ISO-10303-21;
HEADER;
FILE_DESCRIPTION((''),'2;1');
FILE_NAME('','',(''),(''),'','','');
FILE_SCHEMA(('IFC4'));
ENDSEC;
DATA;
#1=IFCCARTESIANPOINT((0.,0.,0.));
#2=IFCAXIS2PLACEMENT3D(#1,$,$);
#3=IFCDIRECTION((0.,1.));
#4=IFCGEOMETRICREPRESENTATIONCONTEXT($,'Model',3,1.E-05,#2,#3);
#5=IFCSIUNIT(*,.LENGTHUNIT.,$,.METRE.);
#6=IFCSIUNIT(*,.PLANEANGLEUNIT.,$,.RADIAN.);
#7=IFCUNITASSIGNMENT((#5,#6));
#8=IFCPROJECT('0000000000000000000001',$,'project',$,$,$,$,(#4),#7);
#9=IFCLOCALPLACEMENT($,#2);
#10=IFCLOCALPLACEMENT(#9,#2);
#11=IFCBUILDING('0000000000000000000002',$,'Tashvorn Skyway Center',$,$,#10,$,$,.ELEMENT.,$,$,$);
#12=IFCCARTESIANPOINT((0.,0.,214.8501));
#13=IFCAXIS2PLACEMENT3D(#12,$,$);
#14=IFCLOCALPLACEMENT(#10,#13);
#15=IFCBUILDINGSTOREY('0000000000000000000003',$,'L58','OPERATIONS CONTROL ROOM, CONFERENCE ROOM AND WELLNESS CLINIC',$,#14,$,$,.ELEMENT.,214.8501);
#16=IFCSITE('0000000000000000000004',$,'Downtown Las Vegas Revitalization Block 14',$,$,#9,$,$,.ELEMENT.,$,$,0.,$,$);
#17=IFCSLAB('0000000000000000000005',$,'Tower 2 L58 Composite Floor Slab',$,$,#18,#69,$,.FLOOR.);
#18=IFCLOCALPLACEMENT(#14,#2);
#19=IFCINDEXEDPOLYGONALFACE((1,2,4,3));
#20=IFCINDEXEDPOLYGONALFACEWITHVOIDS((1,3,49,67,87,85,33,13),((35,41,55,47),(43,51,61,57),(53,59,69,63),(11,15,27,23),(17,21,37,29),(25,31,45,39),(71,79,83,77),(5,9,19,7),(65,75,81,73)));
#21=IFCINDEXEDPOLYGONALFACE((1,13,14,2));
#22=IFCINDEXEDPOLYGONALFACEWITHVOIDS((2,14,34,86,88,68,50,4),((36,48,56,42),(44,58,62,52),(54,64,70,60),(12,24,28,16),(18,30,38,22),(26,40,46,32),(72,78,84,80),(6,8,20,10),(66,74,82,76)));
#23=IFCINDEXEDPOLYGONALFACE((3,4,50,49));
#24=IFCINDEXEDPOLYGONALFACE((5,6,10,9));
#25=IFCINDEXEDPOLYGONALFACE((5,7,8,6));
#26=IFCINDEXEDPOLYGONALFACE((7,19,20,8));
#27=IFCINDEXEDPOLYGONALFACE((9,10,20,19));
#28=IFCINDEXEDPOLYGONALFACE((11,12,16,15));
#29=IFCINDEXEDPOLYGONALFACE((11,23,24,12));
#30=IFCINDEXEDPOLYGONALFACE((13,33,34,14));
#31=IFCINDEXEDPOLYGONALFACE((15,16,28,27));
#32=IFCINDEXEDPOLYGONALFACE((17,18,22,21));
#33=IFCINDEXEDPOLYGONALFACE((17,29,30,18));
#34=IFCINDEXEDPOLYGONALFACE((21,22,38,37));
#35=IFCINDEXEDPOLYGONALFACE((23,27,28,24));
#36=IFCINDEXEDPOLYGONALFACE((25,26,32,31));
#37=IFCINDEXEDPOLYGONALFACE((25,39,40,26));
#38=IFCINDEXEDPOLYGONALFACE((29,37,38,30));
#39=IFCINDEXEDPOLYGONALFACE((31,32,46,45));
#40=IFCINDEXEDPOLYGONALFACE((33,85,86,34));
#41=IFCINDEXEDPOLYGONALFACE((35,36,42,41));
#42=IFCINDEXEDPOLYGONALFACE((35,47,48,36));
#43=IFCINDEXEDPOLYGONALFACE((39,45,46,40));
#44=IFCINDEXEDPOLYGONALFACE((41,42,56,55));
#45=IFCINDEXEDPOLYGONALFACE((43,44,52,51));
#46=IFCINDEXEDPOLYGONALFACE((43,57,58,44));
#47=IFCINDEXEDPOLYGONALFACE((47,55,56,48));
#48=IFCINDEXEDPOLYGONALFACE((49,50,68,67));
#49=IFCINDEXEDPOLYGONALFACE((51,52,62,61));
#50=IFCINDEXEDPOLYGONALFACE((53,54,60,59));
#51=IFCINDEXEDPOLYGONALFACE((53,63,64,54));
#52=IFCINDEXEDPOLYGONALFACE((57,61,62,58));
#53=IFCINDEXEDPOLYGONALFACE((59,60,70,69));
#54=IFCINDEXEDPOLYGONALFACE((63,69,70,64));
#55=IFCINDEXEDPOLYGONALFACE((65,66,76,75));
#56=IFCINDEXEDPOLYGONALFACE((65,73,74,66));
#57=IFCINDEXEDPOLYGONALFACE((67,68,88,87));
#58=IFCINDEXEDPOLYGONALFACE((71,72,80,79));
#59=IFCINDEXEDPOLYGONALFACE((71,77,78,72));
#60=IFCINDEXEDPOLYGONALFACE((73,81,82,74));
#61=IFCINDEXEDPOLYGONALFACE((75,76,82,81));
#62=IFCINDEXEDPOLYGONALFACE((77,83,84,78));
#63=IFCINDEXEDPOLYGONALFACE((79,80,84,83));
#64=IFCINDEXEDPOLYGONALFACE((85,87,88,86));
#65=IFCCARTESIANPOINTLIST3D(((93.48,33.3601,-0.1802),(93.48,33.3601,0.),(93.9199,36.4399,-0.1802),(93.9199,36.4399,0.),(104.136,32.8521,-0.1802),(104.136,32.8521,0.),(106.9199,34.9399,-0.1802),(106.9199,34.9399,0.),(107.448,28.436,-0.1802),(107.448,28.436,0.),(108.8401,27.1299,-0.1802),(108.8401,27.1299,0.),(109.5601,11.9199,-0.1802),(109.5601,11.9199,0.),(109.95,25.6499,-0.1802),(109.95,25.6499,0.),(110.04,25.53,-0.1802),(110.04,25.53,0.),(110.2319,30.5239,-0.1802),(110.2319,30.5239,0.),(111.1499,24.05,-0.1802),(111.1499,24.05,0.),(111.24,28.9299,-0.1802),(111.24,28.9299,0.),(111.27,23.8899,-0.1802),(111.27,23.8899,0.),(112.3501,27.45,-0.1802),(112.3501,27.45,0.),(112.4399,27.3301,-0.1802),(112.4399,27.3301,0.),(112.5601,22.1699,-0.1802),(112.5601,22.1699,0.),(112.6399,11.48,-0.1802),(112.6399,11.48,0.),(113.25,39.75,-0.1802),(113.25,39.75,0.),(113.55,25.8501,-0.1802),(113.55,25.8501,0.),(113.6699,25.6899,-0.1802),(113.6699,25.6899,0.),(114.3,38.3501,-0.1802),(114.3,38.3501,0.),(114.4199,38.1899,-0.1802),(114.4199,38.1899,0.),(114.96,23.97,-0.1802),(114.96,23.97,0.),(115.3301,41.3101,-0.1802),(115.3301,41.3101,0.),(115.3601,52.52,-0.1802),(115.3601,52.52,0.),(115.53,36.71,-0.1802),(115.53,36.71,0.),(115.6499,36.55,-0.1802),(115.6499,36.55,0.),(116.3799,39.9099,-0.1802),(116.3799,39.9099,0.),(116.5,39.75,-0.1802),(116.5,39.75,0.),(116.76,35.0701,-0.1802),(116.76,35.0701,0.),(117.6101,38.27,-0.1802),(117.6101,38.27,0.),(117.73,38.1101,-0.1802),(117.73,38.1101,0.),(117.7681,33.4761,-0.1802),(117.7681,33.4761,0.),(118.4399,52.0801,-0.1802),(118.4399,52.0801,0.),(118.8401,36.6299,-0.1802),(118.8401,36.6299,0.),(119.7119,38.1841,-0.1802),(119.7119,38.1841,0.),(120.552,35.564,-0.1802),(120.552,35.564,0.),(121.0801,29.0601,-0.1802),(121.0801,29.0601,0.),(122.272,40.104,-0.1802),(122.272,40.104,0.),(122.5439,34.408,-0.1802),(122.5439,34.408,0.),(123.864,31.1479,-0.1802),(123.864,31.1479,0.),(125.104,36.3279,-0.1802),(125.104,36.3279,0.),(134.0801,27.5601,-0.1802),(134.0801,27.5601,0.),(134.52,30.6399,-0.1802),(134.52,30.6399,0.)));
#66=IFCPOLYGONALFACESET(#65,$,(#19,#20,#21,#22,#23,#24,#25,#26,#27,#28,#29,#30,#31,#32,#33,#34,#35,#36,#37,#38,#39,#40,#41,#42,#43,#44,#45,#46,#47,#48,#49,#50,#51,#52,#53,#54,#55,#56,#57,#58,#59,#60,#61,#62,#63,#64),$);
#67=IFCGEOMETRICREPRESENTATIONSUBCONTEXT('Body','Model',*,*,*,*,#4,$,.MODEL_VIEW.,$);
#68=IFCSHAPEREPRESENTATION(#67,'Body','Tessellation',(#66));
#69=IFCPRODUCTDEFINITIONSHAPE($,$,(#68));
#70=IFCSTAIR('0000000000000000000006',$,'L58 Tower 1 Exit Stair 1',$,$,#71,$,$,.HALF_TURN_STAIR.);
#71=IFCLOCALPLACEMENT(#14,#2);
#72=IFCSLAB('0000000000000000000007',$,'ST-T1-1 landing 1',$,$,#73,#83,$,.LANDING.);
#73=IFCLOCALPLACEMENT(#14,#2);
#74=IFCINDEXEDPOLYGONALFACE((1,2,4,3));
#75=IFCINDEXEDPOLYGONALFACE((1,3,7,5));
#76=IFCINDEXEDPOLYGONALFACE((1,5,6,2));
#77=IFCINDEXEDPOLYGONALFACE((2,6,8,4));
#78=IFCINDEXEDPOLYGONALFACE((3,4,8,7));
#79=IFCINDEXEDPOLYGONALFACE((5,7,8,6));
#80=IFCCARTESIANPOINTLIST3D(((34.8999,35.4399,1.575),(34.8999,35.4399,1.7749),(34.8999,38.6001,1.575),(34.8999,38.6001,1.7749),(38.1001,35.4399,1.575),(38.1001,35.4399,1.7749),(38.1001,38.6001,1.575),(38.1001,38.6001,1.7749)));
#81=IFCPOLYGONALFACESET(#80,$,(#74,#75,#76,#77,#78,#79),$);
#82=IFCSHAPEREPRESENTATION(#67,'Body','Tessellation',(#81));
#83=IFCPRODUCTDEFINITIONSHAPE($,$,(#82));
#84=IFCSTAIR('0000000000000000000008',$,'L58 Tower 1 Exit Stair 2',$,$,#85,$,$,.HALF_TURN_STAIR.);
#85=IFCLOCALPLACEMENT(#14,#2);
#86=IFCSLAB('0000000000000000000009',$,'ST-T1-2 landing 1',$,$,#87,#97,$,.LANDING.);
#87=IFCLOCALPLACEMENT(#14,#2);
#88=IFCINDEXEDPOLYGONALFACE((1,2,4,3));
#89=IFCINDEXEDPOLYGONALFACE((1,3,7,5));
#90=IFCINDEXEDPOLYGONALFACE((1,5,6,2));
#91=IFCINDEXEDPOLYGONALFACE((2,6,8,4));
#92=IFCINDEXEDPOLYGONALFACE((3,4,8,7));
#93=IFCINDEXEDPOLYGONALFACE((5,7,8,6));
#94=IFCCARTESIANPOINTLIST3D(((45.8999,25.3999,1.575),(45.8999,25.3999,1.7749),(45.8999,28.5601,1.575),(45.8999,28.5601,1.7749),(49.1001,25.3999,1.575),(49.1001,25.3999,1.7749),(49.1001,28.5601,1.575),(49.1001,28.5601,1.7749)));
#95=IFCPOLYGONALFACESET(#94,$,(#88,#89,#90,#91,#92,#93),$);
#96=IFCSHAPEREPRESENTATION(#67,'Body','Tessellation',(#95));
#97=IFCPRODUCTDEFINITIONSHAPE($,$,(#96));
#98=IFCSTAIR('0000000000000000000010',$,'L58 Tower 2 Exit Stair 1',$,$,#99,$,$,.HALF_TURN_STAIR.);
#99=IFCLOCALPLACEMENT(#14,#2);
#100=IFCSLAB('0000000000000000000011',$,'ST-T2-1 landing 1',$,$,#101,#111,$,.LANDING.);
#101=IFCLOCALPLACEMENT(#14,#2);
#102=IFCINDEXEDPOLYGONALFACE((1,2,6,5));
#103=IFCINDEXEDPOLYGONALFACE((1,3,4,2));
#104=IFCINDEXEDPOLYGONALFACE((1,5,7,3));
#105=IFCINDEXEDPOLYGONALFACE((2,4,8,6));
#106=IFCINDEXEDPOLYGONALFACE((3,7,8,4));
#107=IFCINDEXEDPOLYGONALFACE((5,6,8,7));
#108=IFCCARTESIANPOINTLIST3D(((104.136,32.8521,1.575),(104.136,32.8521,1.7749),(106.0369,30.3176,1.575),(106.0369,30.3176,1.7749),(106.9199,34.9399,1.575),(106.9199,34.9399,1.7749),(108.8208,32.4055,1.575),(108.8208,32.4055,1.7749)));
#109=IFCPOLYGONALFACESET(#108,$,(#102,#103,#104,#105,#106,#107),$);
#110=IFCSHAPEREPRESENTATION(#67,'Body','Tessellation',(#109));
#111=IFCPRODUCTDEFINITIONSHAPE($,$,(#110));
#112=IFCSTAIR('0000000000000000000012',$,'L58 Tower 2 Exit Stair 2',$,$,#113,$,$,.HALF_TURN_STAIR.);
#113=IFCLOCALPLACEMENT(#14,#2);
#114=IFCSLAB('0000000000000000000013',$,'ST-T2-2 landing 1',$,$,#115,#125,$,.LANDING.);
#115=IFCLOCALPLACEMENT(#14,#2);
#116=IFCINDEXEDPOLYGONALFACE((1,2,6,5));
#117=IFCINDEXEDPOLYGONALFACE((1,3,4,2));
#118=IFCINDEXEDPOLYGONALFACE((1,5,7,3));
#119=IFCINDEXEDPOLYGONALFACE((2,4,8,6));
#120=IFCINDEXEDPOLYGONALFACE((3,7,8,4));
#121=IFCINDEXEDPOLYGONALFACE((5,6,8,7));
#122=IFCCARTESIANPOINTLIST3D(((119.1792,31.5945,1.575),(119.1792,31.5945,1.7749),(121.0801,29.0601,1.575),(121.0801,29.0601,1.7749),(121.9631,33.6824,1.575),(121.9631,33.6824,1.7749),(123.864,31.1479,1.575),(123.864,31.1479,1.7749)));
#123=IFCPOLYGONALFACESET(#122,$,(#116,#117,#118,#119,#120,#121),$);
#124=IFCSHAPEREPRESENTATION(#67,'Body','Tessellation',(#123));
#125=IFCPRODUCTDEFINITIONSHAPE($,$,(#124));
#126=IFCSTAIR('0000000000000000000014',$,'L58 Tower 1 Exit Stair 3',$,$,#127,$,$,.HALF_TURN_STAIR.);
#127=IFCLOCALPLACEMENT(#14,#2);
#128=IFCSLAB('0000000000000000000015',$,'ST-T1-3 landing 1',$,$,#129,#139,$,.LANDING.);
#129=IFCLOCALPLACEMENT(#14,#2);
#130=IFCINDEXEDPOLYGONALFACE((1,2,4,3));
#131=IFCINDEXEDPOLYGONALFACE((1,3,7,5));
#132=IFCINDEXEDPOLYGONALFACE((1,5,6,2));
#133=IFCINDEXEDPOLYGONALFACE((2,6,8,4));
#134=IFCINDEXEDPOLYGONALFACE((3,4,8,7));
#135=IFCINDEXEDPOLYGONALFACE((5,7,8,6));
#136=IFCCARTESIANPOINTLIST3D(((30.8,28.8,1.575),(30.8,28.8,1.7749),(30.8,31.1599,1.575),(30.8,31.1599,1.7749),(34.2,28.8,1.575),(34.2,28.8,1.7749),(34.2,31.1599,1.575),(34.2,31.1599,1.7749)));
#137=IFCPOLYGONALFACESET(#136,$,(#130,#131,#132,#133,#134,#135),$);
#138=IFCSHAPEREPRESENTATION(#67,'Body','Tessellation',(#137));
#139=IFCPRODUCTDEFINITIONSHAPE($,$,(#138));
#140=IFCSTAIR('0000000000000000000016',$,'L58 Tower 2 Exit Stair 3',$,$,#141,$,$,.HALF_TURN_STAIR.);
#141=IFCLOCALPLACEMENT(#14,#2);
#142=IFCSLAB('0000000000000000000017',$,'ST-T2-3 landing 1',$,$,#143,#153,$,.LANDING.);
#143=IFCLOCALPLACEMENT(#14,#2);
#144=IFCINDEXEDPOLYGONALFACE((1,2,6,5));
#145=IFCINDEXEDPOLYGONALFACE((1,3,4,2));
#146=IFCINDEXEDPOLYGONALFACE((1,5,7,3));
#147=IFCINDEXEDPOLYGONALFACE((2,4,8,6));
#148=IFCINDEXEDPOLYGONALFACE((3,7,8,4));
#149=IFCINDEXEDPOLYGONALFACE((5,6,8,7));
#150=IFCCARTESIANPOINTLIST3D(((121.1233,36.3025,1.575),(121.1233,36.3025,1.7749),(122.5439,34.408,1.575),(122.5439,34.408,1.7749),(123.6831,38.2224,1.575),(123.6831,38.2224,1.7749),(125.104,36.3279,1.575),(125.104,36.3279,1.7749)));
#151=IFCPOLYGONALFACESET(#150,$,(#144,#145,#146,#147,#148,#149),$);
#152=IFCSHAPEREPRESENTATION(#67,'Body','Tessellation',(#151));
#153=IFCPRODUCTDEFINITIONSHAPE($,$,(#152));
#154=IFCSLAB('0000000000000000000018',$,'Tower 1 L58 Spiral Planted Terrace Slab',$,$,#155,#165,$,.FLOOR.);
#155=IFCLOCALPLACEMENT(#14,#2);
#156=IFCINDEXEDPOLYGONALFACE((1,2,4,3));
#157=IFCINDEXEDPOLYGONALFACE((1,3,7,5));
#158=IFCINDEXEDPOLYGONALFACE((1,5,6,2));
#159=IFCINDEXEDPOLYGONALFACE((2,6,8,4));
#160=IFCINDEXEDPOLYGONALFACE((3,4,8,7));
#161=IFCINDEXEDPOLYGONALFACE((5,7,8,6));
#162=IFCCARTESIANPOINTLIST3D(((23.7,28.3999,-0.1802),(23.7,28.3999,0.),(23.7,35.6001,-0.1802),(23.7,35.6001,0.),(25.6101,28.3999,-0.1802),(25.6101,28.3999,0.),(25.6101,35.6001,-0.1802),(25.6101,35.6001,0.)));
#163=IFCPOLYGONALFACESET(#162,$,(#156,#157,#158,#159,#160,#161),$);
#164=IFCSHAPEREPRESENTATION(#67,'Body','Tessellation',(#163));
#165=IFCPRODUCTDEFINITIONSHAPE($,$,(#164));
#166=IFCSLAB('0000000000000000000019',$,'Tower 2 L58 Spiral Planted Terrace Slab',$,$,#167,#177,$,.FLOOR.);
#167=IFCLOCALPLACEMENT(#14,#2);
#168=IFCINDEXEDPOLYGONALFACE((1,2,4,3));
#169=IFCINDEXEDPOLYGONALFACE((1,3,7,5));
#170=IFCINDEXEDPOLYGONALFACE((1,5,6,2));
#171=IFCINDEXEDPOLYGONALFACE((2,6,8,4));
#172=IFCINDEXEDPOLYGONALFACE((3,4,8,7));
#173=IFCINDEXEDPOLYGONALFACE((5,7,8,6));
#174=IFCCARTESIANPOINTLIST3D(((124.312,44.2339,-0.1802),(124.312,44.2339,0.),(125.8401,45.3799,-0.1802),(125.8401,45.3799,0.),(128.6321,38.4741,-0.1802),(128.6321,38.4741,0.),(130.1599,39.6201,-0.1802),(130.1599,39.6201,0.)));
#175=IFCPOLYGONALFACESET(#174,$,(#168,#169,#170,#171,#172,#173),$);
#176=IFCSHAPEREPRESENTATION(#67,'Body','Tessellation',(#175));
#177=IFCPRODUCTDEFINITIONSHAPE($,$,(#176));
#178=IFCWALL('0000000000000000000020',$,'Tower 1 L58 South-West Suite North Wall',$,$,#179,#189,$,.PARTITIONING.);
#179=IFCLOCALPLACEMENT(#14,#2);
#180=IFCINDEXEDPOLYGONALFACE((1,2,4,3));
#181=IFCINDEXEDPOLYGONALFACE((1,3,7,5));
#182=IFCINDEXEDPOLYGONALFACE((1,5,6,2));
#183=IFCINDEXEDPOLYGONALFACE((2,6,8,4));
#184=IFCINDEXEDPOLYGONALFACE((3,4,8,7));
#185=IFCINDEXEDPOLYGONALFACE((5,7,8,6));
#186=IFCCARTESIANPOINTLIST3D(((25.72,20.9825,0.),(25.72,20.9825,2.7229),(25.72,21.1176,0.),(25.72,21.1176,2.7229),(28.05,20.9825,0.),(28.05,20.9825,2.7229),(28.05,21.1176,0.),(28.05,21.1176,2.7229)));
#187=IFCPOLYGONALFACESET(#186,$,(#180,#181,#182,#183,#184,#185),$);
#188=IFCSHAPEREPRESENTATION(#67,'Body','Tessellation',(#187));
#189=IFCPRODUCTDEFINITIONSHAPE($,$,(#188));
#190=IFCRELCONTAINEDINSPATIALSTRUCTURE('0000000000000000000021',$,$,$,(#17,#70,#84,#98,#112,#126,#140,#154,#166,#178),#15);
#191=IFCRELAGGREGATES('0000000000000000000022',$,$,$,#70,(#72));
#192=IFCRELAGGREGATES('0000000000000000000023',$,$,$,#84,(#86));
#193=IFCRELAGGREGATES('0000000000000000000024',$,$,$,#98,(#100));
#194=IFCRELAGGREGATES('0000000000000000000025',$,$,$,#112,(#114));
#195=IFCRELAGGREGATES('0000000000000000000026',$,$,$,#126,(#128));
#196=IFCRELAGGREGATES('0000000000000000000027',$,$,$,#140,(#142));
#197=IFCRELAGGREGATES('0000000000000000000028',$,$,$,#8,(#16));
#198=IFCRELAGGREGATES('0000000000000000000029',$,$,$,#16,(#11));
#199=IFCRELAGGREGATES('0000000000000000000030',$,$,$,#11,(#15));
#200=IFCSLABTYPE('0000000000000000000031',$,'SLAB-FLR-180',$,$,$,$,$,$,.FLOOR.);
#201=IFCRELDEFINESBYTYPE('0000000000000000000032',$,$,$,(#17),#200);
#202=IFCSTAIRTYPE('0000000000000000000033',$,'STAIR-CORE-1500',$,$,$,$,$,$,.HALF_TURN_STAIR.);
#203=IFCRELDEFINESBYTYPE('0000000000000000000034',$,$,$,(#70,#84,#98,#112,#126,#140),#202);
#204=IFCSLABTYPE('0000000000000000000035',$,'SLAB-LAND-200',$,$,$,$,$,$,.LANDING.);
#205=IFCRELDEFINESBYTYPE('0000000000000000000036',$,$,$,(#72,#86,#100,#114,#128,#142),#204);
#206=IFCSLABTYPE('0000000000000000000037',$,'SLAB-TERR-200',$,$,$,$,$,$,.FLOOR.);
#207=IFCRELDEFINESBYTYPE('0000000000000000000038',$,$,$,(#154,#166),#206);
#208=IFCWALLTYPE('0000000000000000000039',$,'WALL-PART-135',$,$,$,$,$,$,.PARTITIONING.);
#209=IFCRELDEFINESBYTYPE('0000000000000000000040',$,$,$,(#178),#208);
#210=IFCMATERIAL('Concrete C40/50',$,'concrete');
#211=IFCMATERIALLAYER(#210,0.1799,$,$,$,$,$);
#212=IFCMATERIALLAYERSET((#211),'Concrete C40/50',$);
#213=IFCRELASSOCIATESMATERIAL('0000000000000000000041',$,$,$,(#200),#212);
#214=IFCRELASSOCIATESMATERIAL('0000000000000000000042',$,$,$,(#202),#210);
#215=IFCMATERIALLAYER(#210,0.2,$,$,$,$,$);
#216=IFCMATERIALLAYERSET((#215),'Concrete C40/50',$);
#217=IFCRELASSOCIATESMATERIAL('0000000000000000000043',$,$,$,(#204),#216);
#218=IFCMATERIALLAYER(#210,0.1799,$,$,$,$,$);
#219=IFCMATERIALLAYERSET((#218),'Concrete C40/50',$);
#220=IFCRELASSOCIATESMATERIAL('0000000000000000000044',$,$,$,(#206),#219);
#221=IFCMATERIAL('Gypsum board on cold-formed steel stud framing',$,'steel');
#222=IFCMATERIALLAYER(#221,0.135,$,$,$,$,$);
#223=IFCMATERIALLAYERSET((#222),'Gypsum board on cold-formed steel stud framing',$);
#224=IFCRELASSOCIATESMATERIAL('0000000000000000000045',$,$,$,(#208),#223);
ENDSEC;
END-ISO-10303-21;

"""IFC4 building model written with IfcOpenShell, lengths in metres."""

from ifc_helpers import new_model, si_unit, direction, frame, frame_2d, origin, place, context, subcontext, project, spatial, polyline, rectangle, outline, extrude, material, layer, layer_set, type_object, element, aggregate, save


model = new_model("IFC4")

# Units and contexts
model_context = context("Model", 3, precision=1e-05, world=origin(), true_north=direction((0.0, 1.0)))
body_context = subcontext(model_context, "Body", "Model", "MODEL_VIEW")
ifc_project = project(units=[si_unit("LENGTHUNIT", "METRE"), si_unit("PLANEANGLEUNIT", "RADIAN")], contexts=[model_context])

# Site, building, storey
site_placement = place(None, origin())
site = spatial("IfcSite", under=ifc_project, at=site_placement, Name="Downtown Las Vegas Revitalization Block 14", CompositionType="ELEMENT", RefElevation=0.0)
building_placement = place(site_placement, origin())
building = spatial("IfcBuilding", under=site, at=building_placement, Name="Tashvorn Skyway Center", CompositionType="ELEMENT")
storey_placement = place(building_placement, frame((0.0, 0.0, 214.8501)))
storey = spatial("IfcBuildingStorey", under=building, at=storey_placement, Name="L58", Description="OPERATIONS CONTROL ROOM, CONFERENCE ROOM AND WELLNESS CLINIC", CompositionType="ELEMENT", Elevation=214.8501)

# Slab
ifc_material_1 = material(Name="Concrete C40/50", Category="concrete")
ifc_layer_1 = layer(ifc_material_1, 0.1799)
ifc_layer_set_1 = layer_set([ifc_layer_1], Name="Concrete C40/50")
slab_type_1 = type_object("IfcSlabType", Name="SLAB-FLR-180", PredefinedType="FLOOR", material=ifc_layer_set_1)
slab_1_placement = place(storey_placement, frame((0.0, 0.0, -0.1802)))
element("IfcSlab", 1, at=slab_1_placement, inside=storey, type_object=slab_type_1, Name="Tower 2 L58 Composite Floor Slab", PredefinedType="FLOOR", context=body_context, shape_type="SweptSolid", body=[
    extrude(outline(polyline([(112.6399, 11.48), (134.0801, 27.5601), (134.52, 30.6399), (118.4399, 52.0801), (115.3601, 52.52), (93.9199, 36.4399), (93.48, 33.3601), (109.5601, 11.9199), (112.6399, 11.48)]), holes=[polyline([(110.2319, 30.5239), (106.9199, 34.9399), (104.136, 32.8521), (107.448, 28.436), (110.2319, 30.5239)]), polyline([(117.7681, 33.4761), (121.0801, 29.0601), (123.864, 31.1479), (120.552, 35.564), (117.7681, 33.4761)]), polyline([(119.7119, 38.1841), (122.5439, 34.408), (125.104, 36.3279), (122.272, 40.104), (119.7119, 38.1841)]), polyline([(109.95, 25.6499), (112.3501, 27.45), (111.24, 28.9299), (108.8401, 27.1299), (109.95, 25.6499)]), polyline([(111.1499, 24.05), (113.55, 25.8501), (112.4399, 27.3301), (110.04, 25.53), (111.1499, 24.05)]), polyline([(112.5601, 22.1699), (114.96, 23.97), (113.6699, 25.6899), (111.27, 23.8899), (112.5601, 22.1699)]), polyline([(116.76, 35.0701), (118.8401, 36.6299), (117.73, 38.1101), (115.6499, 36.55), (116.76, 35.0701)]), polyline([(115.53, 36.71), (117.6101, 38.27), (116.5, 39.75), (114.4199, 38.1899), (115.53, 36.71)]), polyline([(114.3, 38.3501), (116.3799, 39.9099), (115.3301, 41.3101), (113.25, 39.75), (114.3, 38.3501)])]), origin(), (0.0, 0.0, 1.0), 0.1802),
])

# Stairs, slabs
stair_type = type_object("IfcStairType", Name="STAIR-CORE-1500", PredefinedType="HALF_TURN_STAIR", material=ifc_material_1)
stair_1_placement = place(storey_placement, origin())
stair_1 = element("IfcStair", 2, at=stair_1_placement, inside=storey, type_object=stair_type, Name="L58 Tower 1 Exit Stair 1", PredefinedType="HALF_TURN_STAIR")
ifc_layer_2 = layer(ifc_material_1, 0.2)
ifc_layer_set_2 = layer_set([ifc_layer_2], Name="Concrete C40/50")
slab_type_2 = type_object("IfcSlabType", Name="SLAB-LAND-200", PredefinedType="LANDING", material=ifc_layer_set_2)
slab_2_placement = place(storey_placement, frame((0.0, 0.0, 1.575)))
slab_2 = element("IfcSlab", 3, at=slab_2_placement, type_object=slab_type_2, Name="ST-T1-1 landing 1", PredefinedType="LANDING", context=body_context, shape_type="SweptSolid", body=[
    extrude(outline(polyline([(38.1001, 35.4399), (38.1001, 38.6001), (34.8999, 38.6001), (34.8999, 35.4399), (38.1001, 35.4399)])), origin(), (0.0, 0.0, 1.0), 0.2),
])
aggregate(stair_1, [slab_2])
stair_2_placement = place(storey_placement, origin())
stair_2 = element("IfcStair", 4, at=stair_2_placement, inside=storey, type_object=stair_type, Name="L58 Tower 1 Exit Stair 2", PredefinedType="HALF_TURN_STAIR")
slab_3_placement = place(storey_placement, frame((0.0, 0.0, 1.575)))
slab_3 = element("IfcSlab", 5, at=slab_3_placement, type_object=slab_type_2, Name="ST-T1-2 landing 1", PredefinedType="LANDING", context=body_context, shape_type="SweptSolid", body=[
    extrude(outline(polyline([(45.8999, 28.5601), (45.8999, 25.3999), (49.1001, 25.3999), (49.1001, 28.5601), (45.8999, 28.5601)])), origin(), (0.0, 0.0, 1.0), 0.2),
])
aggregate(stair_2, [slab_3])
stair_3_placement = place(storey_placement, origin())
stair_3 = element("IfcStair", 6, at=stair_3_placement, inside=storey, type_object=stair_type, Name="L58 Tower 2 Exit Stair 1", PredefinedType="HALF_TURN_STAIR")
slab_4_placement = place(storey_placement, frame((0.0, 0.0, 1.575)))
slab_4 = element("IfcSlab", 7, at=slab_4_placement, type_object=slab_type_2, Name="ST-T2-1 landing 1", PredefinedType="LANDING", context=body_context, shape_type="SweptSolid", body=[
    extrude(outline(polyline([(108.8208, 32.4055), (106.9199, 34.9399), (104.136, 32.8521), (106.0369, 30.3176), (108.8208, 32.4055)])), origin(), (0.0, 0.0, 1.0), 0.2),
])
aggregate(stair_3, [slab_4])
stair_4_placement = place(storey_placement, origin())
stair_4 = element("IfcStair", 8, at=stair_4_placement, inside=storey, type_object=stair_type, Name="L58 Tower 2 Exit Stair 2", PredefinedType="HALF_TURN_STAIR")
slab_5_placement = place(storey_placement, frame((0.0, 0.0, 1.575)))
slab_5 = element("IfcSlab", 9, at=slab_5_placement, type_object=slab_type_2, Name="ST-T2-2 landing 1", PredefinedType="LANDING", context=body_context, shape_type="SweptSolid", body=[
    extrude(outline(polyline([(119.1792, 31.5945), (121.0801, 29.0601), (123.864, 31.1479), (121.9631, 33.6824), (119.1792, 31.5945)])), origin(), (0.0, 0.0, 1.0), 0.2),
])
aggregate(stair_4, [slab_5])
stair_5_placement = place(storey_placement, origin())
stair_5 = element("IfcStair", 10, at=stair_5_placement, inside=storey, type_object=stair_type, Name="L58 Tower 1 Exit Stair 3", PredefinedType="HALF_TURN_STAIR")
slab_6_placement = place(storey_placement, frame((0.0, 0.0, 1.575)))
slab_6 = element("IfcSlab", 11, at=slab_6_placement, type_object=slab_type_2, Name="ST-T1-3 landing 1", PredefinedType="LANDING", context=body_context, shape_type="SweptSolid", body=[
    extrude(outline(polyline([(30.8, 31.1599), (30.8, 28.8), (34.2, 28.8), (34.2, 31.1599), (30.8, 31.1599)])), origin(), (0.0, 0.0, 1.0), 0.2),
])
aggregate(stair_5, [slab_6])
stair_6_placement = place(storey_placement, origin())
stair_6 = element("IfcStair", 12, at=stair_6_placement, inside=storey, type_object=stair_type, Name="L58 Tower 2 Exit Stair 3", PredefinedType="HALF_TURN_STAIR")
slab_7_placement = place(storey_placement, frame((0.0, 0.0, 1.575)))
slab_7 = element("IfcSlab", 13, at=slab_7_placement, type_object=slab_type_2, Name="ST-T2-3 landing 1", PredefinedType="LANDING", context=body_context, shape_type="SweptSolid", body=[
    extrude(outline(polyline([(121.1233, 36.3025), (122.5439, 34.408), (125.104, 36.3279), (123.6831, 38.2224), (121.1233, 36.3025)])), origin(), (0.0, 0.0, 1.0), 0.2),
])
aggregate(stair_6, [slab_7])

# Slabs
ifc_layer_3 = layer(ifc_material_1, 0.1799)
ifc_layer_set_3 = layer_set([ifc_layer_3], Name="Concrete C40/50")
slab_type_3 = type_object("IfcSlabType", Name="SLAB-TERR-200", PredefinedType="FLOOR", material=ifc_layer_set_3)
slab_8_placement = place(storey_placement, frame((0.0, 0.0, -0.1802)))
element("IfcSlab", 14, at=slab_8_placement, inside=storey, type_object=slab_type_3, Name="Tower 1 L58 Spiral Planted Terrace Slab", PredefinedType="FLOOR", context=body_context, shape_type="SweptSolid", body=[
    extrude(outline(polyline([(23.7, 28.3999), (25.6101, 28.3999), (25.6101, 35.6001), (23.7, 35.6001), (23.7, 28.3999)])), origin(), (0.0, 0.0, 1.0), 0.1802),
])
slab_9_placement = place(storey_placement, frame((0.0, 0.0, -0.1802)))
element("IfcSlab", 15, at=slab_9_placement, inside=storey, type_object=slab_type_3, Name="Tower 2 L58 Spiral Planted Terrace Slab", PredefinedType="FLOOR", context=body_context, shape_type="SweptSolid", body=[
    extrude(outline(polyline([(128.6321, 38.4741), (130.1599, 39.6201), (125.8401, 45.3799), (124.312, 44.2339), (128.6321, 38.4741)])), origin(), (0.0, 0.0, 1.0), 0.1802),
])

# Wall
ifc_material_2 = material(Name="Gypsum board on cold-formed steel stud framing", Category="steel")
ifc_layer_4 = layer(ifc_material_2, 0.135)
ifc_layer_set_4 = layer_set([ifc_layer_4], Name="Gypsum board on cold-formed steel stud framing")
wall_type = type_object("IfcWallType", Name="WALL-PART-135", PredefinedType="PARTITIONING", material=ifc_layer_set_4)
wall_placement = place(storey_placement, frame((25.72, 21.05, 0.0), z_axis=(0.0, 0.0, 1.0), x_axis=(1.0, 0.0, 0.0)))
element("IfcWall", 16, at=wall_placement, inside=storey, type_object=wall_type, Name="Tower 1 L58 South-West Suite North Wall", PredefinedType="PARTITIONING", context=body_context, shape_type="SweptSolid", body=[
    extrude(rectangle(XDim=2.3301, YDim=0.135, at=frame_2d((1.165, 0.0))), origin(), (0.0, 0.0, 1.0), 2.7229),
])

save(model, "model.ifc")
